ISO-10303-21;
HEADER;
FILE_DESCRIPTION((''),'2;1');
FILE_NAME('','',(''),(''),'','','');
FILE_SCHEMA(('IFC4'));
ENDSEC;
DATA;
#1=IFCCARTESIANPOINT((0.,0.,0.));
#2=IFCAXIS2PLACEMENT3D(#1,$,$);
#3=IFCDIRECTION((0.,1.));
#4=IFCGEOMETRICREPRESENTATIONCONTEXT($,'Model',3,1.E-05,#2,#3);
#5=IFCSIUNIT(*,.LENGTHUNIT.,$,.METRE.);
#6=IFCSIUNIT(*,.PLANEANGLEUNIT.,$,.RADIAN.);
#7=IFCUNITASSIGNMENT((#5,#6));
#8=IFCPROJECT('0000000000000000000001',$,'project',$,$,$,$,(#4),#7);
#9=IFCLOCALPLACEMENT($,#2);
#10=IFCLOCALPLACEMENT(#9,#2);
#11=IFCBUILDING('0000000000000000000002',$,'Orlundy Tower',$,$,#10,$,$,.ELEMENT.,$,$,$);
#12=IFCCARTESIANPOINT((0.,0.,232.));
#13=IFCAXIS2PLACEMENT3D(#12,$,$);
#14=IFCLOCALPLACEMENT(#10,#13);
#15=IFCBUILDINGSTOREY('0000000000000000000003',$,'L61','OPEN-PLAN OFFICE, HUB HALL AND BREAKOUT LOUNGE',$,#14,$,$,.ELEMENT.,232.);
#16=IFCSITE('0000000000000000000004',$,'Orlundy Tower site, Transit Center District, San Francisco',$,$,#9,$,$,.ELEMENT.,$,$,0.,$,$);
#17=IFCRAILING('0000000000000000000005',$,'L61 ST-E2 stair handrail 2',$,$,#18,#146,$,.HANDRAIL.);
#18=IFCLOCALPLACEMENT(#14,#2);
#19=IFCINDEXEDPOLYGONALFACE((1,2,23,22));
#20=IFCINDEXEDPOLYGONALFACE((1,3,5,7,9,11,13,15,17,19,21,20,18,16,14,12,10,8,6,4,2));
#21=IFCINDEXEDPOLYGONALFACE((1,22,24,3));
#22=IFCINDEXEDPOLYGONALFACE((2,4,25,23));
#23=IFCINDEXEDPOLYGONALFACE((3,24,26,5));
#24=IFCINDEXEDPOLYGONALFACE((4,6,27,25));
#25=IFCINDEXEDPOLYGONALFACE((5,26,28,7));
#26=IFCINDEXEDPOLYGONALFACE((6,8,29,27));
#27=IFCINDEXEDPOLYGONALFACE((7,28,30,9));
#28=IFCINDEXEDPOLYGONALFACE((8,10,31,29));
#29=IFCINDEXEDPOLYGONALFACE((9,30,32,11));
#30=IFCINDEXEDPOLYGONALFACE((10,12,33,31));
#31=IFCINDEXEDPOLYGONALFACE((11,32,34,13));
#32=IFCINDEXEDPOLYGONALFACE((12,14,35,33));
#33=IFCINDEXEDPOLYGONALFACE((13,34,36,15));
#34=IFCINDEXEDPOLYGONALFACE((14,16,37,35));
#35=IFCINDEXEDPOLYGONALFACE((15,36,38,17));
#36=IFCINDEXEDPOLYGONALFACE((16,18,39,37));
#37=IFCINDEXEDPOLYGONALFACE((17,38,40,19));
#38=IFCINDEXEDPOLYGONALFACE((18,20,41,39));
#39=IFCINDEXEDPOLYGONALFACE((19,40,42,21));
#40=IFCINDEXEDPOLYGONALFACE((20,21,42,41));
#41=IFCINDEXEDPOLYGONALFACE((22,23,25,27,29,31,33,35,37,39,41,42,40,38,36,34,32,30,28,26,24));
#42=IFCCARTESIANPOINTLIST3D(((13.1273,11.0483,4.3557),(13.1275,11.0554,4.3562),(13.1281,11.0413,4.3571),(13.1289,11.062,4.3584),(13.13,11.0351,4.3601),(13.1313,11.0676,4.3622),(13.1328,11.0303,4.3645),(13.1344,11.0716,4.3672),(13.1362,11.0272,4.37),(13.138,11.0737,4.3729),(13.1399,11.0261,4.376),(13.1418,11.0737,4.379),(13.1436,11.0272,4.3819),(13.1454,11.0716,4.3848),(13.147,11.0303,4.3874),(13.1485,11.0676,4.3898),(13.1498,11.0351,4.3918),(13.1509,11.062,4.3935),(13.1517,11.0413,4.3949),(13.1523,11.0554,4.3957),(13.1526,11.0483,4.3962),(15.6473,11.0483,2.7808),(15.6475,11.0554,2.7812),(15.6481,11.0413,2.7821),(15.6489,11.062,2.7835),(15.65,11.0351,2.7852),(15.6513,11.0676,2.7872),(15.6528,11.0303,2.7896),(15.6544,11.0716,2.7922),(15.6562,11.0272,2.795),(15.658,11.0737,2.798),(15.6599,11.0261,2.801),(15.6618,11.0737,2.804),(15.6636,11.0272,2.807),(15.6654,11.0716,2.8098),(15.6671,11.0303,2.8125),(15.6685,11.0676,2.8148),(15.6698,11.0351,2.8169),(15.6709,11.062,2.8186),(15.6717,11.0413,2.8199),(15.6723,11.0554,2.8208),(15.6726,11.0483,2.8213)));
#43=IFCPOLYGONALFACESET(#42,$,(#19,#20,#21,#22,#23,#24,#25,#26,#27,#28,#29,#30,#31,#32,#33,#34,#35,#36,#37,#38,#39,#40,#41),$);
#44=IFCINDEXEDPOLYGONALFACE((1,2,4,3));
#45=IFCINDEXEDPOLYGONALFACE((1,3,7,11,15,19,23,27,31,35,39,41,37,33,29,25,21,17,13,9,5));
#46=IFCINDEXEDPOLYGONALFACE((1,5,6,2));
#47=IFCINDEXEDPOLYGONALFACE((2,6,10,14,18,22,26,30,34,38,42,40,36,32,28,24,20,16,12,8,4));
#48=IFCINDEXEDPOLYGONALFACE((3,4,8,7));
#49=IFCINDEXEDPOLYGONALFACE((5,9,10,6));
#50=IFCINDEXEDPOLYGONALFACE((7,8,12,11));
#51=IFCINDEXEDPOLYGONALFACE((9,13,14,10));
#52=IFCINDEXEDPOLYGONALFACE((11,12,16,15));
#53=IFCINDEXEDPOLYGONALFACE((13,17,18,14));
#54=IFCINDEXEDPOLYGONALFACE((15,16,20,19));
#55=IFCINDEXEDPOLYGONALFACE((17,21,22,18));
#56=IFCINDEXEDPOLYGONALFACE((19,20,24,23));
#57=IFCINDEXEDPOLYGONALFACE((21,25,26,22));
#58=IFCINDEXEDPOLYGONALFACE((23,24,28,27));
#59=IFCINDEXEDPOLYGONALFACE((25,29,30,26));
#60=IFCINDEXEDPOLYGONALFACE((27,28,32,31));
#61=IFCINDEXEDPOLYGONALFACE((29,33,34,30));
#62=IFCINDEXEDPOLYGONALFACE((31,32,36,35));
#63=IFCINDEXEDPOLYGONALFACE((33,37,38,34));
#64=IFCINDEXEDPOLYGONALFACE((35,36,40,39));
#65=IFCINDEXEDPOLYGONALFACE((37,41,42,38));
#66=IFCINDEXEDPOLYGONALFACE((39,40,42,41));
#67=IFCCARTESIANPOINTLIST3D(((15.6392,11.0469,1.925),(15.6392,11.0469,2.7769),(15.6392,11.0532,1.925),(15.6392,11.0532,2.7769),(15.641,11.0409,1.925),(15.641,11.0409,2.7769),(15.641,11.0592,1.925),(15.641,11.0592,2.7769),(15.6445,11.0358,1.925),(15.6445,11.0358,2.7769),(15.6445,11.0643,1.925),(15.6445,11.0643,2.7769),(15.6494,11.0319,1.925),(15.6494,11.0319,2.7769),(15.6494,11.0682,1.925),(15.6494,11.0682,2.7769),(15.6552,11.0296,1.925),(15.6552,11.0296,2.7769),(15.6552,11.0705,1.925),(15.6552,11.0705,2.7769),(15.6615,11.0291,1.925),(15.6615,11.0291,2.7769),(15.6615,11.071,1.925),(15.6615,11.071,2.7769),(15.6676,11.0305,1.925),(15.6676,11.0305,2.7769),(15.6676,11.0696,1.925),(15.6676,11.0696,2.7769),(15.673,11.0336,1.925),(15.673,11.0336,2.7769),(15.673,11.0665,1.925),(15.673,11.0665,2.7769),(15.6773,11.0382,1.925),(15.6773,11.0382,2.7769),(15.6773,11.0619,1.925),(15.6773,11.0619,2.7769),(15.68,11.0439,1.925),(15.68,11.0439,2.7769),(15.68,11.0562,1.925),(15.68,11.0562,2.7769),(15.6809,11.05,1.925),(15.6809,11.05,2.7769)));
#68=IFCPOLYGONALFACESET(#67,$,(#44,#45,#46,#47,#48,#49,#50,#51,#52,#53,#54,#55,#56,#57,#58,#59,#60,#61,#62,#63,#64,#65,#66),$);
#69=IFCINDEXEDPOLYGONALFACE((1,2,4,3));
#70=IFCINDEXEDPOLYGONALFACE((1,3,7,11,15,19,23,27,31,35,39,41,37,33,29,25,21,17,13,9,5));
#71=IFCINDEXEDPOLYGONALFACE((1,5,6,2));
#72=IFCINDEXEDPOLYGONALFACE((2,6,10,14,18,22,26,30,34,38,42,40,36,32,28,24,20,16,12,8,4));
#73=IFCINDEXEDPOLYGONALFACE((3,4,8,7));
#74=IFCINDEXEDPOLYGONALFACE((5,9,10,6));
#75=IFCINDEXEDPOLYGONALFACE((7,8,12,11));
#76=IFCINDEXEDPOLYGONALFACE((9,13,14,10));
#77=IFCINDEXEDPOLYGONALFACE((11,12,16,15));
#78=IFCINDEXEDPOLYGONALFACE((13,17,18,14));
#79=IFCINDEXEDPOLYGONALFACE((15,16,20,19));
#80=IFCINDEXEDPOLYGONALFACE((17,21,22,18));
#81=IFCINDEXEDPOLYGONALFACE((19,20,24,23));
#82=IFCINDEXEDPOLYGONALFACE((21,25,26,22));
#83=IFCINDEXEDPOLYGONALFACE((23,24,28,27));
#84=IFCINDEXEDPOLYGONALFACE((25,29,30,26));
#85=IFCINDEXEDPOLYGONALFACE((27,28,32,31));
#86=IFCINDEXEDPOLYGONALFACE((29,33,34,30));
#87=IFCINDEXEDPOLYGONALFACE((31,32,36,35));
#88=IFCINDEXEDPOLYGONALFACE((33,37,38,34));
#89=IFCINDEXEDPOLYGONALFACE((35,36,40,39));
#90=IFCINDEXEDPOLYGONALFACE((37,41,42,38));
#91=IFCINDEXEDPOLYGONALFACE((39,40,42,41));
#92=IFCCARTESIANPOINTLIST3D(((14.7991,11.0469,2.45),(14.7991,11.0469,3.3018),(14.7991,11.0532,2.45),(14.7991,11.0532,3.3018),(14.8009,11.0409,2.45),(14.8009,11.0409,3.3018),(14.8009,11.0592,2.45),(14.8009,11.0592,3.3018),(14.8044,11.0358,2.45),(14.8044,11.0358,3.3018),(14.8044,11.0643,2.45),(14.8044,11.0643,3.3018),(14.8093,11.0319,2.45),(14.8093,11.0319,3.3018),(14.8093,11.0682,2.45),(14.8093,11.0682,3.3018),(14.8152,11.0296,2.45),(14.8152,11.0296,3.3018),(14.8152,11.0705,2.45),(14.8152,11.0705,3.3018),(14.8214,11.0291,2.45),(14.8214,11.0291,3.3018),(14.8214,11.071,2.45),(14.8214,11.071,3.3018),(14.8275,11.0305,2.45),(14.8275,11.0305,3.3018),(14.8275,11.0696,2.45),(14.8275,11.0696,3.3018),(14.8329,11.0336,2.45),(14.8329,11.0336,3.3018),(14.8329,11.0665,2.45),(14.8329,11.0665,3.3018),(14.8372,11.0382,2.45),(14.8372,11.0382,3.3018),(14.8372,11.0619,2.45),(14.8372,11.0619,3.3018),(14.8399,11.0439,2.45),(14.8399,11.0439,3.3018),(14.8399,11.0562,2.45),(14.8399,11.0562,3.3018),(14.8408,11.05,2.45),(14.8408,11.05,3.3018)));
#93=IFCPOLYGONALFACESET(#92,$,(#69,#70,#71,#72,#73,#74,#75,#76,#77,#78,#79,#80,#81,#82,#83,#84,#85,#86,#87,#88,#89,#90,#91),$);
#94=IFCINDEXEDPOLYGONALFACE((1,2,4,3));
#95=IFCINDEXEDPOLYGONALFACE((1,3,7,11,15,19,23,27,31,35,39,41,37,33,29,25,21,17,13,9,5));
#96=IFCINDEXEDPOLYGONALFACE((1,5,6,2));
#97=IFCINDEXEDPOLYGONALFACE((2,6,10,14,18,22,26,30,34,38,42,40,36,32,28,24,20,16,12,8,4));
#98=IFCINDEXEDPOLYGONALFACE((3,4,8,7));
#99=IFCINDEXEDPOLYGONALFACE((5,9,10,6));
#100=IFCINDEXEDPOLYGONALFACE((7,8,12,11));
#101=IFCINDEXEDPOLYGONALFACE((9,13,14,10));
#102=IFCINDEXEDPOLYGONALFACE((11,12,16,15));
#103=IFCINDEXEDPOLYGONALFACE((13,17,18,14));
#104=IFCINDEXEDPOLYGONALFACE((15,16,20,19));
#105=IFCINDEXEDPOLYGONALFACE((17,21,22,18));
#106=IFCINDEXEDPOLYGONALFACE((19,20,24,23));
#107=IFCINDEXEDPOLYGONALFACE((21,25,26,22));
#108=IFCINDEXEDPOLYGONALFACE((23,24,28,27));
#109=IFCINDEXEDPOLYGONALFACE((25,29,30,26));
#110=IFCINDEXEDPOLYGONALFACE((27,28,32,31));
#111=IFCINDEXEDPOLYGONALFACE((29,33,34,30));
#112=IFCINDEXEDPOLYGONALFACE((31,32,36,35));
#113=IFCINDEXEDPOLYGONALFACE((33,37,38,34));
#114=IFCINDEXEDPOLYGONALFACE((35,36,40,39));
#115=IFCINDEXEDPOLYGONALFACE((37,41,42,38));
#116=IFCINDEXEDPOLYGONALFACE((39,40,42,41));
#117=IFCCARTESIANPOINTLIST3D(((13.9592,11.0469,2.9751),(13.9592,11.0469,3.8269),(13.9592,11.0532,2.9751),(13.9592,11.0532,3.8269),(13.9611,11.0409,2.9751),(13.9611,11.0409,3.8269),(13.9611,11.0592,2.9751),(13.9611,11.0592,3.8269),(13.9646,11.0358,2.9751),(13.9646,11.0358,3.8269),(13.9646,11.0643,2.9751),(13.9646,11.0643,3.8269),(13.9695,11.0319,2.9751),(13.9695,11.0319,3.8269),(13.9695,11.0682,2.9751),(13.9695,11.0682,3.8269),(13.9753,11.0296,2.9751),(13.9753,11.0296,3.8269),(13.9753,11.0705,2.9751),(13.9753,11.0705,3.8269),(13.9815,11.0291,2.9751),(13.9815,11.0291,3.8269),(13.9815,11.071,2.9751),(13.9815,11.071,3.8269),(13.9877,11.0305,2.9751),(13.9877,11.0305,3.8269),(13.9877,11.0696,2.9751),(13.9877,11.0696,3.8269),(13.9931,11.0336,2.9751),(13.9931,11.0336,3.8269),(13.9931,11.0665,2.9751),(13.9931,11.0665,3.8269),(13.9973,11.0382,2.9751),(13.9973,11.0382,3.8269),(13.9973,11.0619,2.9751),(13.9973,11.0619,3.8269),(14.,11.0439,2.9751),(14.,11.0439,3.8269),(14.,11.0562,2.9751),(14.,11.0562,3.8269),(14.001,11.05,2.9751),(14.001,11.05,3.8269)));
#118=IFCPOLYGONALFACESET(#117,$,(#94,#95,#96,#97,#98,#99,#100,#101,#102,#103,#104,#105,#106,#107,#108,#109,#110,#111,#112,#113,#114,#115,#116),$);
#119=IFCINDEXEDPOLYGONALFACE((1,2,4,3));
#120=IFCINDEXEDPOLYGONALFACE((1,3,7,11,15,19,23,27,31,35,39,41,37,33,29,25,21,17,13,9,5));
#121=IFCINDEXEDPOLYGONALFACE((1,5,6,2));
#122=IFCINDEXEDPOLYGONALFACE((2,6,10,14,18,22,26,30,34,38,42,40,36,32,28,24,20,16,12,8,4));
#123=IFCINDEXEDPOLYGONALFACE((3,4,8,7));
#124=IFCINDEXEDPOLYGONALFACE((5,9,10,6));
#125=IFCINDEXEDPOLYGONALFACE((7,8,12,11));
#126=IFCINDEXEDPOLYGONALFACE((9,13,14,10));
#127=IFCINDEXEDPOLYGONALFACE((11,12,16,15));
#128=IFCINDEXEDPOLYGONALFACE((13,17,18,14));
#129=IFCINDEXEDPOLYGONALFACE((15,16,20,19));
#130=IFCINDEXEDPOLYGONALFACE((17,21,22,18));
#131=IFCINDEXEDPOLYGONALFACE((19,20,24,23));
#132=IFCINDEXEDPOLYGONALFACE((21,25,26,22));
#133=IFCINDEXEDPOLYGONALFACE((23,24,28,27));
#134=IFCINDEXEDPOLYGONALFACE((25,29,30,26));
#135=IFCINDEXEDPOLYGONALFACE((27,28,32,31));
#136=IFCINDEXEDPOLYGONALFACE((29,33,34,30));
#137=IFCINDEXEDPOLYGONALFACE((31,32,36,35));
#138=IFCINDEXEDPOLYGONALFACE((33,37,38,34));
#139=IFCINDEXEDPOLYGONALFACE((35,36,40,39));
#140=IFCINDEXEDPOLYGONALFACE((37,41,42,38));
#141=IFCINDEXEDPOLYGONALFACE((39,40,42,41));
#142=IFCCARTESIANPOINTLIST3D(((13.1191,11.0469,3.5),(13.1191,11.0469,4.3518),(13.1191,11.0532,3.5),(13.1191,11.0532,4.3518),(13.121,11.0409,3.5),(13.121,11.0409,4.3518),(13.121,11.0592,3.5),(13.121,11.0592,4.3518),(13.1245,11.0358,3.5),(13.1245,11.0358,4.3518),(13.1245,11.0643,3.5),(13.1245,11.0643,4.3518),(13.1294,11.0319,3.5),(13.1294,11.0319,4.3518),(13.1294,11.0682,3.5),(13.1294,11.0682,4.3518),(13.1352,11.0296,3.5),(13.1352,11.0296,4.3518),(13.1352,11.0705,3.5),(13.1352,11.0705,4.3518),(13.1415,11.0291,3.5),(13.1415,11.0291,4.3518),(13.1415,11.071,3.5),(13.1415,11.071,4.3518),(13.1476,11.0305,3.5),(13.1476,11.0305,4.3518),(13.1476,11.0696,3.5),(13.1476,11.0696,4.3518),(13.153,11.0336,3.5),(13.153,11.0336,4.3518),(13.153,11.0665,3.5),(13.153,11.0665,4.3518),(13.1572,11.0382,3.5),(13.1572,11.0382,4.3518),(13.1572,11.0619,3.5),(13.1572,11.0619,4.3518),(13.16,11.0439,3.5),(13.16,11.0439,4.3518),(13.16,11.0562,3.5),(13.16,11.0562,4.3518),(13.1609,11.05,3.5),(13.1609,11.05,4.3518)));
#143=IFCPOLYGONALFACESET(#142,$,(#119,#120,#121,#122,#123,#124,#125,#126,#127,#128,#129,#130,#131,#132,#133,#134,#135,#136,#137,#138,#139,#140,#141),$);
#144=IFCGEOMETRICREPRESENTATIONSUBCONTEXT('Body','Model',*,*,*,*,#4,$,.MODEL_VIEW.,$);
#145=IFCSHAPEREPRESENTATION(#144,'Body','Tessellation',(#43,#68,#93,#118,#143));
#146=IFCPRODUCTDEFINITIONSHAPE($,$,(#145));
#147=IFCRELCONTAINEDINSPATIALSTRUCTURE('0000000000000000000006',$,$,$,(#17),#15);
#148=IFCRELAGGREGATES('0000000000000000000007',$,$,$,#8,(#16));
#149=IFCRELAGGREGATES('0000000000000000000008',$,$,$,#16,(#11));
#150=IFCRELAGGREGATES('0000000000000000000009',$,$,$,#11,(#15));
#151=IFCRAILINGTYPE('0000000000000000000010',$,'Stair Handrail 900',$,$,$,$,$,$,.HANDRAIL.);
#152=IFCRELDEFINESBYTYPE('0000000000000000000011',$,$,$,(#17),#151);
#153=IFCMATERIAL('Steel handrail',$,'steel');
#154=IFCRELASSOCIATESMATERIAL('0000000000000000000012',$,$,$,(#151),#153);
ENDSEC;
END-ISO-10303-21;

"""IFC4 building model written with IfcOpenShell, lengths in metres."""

from ifc_helpers import new_model, si_unit, direction, frame, origin, origin_2d, place, context, subcontext, project, spatial, circle, extrude, material, type_object, element, save


model = new_model("IFC4")

# Units and contexts
model_context = context("Model", 3, precision=1e-05, world=origin(), true_north=direction((0.0, 1.0)))
body_context = subcontext(model_context, "Body", "Model", "MODEL_VIEW")
ifc_project = project(units=[si_unit("LENGTHUNIT", "METRE"), si_unit("PLANEANGLEUNIT", "RADIAN")], contexts=[model_context])

# Site, building, storey
site_placement = place(None, origin())
site = spatial("IfcSite", under=ifc_project, at=site_placement, Name="Orlundy Tower site, Transit Center District, San Francisco", CompositionType="ELEMENT", RefElevation=0.0)
building_placement = place(site_placement, origin())
building = spatial("IfcBuilding", under=site, at=building_placement, Name="Orlundy Tower", CompositionType="ELEMENT")
storey_placement = place(building_placement, frame((0.0, 0.0, 232.0)))
storey = spatial("IfcBuildingStorey", under=building, at=storey_placement, Name="L61", Description="OPEN-PLAN OFFICE, HUB HALL AND BREAKOUT LOUNGE", CompositionType="ELEMENT", Elevation=232.0)

# Railing
ifc_material_1 = material(Name="Steel handrail", Category="steel")
railing_type_1 = type_object("IfcRailingType", Name="Stair Handrail 900", PredefinedType="HANDRAIL", material=ifc_material_1)
railing_1_placement = place(storey_placement, frame((15.6599, 11.05, 1.925)))
element("IfcRailing", 1, at=railing_1_placement, inside=storey, type_object=railing_type_1, Name="L61 ST-E2 stair handrail 2", PredefinedType="HANDRAIL", context=body_context, shape_type="SweptSolid", body=[
    extrude(circle(Radius=0.0239, at=origin_2d()), frame((0.0, 0.0, 0.876), z_axis=(-0.848008, 0.0, 0.529984), x_axis=(0.0, -1.0, 0.0)), (0.0, 0.0, 1.0), 2.9717),
    extrude(circle(Radius=0.021, at=origin_2d()), origin(), (0.0, 0.0, 1.0), 0.8518),
    extrude(circle(Radius=0.021, at=origin_2d()), frame((-0.8401, 0.0, 0.5249)), (0.0, 0.0, 1.0), 0.8518),
    extrude(circle(Radius=0.021, at=origin_2d()), frame((-1.6799, 0.0, 1.05)), (0.0, 0.0, 1.0), 0.8518),
    extrude(circle(Radius=0.021, at=origin_2d()), frame((-2.52, 0.0, 1.575)), (0.0, 0.0, 1.0), 0.8518),
])

save(model, "model.ifc")
